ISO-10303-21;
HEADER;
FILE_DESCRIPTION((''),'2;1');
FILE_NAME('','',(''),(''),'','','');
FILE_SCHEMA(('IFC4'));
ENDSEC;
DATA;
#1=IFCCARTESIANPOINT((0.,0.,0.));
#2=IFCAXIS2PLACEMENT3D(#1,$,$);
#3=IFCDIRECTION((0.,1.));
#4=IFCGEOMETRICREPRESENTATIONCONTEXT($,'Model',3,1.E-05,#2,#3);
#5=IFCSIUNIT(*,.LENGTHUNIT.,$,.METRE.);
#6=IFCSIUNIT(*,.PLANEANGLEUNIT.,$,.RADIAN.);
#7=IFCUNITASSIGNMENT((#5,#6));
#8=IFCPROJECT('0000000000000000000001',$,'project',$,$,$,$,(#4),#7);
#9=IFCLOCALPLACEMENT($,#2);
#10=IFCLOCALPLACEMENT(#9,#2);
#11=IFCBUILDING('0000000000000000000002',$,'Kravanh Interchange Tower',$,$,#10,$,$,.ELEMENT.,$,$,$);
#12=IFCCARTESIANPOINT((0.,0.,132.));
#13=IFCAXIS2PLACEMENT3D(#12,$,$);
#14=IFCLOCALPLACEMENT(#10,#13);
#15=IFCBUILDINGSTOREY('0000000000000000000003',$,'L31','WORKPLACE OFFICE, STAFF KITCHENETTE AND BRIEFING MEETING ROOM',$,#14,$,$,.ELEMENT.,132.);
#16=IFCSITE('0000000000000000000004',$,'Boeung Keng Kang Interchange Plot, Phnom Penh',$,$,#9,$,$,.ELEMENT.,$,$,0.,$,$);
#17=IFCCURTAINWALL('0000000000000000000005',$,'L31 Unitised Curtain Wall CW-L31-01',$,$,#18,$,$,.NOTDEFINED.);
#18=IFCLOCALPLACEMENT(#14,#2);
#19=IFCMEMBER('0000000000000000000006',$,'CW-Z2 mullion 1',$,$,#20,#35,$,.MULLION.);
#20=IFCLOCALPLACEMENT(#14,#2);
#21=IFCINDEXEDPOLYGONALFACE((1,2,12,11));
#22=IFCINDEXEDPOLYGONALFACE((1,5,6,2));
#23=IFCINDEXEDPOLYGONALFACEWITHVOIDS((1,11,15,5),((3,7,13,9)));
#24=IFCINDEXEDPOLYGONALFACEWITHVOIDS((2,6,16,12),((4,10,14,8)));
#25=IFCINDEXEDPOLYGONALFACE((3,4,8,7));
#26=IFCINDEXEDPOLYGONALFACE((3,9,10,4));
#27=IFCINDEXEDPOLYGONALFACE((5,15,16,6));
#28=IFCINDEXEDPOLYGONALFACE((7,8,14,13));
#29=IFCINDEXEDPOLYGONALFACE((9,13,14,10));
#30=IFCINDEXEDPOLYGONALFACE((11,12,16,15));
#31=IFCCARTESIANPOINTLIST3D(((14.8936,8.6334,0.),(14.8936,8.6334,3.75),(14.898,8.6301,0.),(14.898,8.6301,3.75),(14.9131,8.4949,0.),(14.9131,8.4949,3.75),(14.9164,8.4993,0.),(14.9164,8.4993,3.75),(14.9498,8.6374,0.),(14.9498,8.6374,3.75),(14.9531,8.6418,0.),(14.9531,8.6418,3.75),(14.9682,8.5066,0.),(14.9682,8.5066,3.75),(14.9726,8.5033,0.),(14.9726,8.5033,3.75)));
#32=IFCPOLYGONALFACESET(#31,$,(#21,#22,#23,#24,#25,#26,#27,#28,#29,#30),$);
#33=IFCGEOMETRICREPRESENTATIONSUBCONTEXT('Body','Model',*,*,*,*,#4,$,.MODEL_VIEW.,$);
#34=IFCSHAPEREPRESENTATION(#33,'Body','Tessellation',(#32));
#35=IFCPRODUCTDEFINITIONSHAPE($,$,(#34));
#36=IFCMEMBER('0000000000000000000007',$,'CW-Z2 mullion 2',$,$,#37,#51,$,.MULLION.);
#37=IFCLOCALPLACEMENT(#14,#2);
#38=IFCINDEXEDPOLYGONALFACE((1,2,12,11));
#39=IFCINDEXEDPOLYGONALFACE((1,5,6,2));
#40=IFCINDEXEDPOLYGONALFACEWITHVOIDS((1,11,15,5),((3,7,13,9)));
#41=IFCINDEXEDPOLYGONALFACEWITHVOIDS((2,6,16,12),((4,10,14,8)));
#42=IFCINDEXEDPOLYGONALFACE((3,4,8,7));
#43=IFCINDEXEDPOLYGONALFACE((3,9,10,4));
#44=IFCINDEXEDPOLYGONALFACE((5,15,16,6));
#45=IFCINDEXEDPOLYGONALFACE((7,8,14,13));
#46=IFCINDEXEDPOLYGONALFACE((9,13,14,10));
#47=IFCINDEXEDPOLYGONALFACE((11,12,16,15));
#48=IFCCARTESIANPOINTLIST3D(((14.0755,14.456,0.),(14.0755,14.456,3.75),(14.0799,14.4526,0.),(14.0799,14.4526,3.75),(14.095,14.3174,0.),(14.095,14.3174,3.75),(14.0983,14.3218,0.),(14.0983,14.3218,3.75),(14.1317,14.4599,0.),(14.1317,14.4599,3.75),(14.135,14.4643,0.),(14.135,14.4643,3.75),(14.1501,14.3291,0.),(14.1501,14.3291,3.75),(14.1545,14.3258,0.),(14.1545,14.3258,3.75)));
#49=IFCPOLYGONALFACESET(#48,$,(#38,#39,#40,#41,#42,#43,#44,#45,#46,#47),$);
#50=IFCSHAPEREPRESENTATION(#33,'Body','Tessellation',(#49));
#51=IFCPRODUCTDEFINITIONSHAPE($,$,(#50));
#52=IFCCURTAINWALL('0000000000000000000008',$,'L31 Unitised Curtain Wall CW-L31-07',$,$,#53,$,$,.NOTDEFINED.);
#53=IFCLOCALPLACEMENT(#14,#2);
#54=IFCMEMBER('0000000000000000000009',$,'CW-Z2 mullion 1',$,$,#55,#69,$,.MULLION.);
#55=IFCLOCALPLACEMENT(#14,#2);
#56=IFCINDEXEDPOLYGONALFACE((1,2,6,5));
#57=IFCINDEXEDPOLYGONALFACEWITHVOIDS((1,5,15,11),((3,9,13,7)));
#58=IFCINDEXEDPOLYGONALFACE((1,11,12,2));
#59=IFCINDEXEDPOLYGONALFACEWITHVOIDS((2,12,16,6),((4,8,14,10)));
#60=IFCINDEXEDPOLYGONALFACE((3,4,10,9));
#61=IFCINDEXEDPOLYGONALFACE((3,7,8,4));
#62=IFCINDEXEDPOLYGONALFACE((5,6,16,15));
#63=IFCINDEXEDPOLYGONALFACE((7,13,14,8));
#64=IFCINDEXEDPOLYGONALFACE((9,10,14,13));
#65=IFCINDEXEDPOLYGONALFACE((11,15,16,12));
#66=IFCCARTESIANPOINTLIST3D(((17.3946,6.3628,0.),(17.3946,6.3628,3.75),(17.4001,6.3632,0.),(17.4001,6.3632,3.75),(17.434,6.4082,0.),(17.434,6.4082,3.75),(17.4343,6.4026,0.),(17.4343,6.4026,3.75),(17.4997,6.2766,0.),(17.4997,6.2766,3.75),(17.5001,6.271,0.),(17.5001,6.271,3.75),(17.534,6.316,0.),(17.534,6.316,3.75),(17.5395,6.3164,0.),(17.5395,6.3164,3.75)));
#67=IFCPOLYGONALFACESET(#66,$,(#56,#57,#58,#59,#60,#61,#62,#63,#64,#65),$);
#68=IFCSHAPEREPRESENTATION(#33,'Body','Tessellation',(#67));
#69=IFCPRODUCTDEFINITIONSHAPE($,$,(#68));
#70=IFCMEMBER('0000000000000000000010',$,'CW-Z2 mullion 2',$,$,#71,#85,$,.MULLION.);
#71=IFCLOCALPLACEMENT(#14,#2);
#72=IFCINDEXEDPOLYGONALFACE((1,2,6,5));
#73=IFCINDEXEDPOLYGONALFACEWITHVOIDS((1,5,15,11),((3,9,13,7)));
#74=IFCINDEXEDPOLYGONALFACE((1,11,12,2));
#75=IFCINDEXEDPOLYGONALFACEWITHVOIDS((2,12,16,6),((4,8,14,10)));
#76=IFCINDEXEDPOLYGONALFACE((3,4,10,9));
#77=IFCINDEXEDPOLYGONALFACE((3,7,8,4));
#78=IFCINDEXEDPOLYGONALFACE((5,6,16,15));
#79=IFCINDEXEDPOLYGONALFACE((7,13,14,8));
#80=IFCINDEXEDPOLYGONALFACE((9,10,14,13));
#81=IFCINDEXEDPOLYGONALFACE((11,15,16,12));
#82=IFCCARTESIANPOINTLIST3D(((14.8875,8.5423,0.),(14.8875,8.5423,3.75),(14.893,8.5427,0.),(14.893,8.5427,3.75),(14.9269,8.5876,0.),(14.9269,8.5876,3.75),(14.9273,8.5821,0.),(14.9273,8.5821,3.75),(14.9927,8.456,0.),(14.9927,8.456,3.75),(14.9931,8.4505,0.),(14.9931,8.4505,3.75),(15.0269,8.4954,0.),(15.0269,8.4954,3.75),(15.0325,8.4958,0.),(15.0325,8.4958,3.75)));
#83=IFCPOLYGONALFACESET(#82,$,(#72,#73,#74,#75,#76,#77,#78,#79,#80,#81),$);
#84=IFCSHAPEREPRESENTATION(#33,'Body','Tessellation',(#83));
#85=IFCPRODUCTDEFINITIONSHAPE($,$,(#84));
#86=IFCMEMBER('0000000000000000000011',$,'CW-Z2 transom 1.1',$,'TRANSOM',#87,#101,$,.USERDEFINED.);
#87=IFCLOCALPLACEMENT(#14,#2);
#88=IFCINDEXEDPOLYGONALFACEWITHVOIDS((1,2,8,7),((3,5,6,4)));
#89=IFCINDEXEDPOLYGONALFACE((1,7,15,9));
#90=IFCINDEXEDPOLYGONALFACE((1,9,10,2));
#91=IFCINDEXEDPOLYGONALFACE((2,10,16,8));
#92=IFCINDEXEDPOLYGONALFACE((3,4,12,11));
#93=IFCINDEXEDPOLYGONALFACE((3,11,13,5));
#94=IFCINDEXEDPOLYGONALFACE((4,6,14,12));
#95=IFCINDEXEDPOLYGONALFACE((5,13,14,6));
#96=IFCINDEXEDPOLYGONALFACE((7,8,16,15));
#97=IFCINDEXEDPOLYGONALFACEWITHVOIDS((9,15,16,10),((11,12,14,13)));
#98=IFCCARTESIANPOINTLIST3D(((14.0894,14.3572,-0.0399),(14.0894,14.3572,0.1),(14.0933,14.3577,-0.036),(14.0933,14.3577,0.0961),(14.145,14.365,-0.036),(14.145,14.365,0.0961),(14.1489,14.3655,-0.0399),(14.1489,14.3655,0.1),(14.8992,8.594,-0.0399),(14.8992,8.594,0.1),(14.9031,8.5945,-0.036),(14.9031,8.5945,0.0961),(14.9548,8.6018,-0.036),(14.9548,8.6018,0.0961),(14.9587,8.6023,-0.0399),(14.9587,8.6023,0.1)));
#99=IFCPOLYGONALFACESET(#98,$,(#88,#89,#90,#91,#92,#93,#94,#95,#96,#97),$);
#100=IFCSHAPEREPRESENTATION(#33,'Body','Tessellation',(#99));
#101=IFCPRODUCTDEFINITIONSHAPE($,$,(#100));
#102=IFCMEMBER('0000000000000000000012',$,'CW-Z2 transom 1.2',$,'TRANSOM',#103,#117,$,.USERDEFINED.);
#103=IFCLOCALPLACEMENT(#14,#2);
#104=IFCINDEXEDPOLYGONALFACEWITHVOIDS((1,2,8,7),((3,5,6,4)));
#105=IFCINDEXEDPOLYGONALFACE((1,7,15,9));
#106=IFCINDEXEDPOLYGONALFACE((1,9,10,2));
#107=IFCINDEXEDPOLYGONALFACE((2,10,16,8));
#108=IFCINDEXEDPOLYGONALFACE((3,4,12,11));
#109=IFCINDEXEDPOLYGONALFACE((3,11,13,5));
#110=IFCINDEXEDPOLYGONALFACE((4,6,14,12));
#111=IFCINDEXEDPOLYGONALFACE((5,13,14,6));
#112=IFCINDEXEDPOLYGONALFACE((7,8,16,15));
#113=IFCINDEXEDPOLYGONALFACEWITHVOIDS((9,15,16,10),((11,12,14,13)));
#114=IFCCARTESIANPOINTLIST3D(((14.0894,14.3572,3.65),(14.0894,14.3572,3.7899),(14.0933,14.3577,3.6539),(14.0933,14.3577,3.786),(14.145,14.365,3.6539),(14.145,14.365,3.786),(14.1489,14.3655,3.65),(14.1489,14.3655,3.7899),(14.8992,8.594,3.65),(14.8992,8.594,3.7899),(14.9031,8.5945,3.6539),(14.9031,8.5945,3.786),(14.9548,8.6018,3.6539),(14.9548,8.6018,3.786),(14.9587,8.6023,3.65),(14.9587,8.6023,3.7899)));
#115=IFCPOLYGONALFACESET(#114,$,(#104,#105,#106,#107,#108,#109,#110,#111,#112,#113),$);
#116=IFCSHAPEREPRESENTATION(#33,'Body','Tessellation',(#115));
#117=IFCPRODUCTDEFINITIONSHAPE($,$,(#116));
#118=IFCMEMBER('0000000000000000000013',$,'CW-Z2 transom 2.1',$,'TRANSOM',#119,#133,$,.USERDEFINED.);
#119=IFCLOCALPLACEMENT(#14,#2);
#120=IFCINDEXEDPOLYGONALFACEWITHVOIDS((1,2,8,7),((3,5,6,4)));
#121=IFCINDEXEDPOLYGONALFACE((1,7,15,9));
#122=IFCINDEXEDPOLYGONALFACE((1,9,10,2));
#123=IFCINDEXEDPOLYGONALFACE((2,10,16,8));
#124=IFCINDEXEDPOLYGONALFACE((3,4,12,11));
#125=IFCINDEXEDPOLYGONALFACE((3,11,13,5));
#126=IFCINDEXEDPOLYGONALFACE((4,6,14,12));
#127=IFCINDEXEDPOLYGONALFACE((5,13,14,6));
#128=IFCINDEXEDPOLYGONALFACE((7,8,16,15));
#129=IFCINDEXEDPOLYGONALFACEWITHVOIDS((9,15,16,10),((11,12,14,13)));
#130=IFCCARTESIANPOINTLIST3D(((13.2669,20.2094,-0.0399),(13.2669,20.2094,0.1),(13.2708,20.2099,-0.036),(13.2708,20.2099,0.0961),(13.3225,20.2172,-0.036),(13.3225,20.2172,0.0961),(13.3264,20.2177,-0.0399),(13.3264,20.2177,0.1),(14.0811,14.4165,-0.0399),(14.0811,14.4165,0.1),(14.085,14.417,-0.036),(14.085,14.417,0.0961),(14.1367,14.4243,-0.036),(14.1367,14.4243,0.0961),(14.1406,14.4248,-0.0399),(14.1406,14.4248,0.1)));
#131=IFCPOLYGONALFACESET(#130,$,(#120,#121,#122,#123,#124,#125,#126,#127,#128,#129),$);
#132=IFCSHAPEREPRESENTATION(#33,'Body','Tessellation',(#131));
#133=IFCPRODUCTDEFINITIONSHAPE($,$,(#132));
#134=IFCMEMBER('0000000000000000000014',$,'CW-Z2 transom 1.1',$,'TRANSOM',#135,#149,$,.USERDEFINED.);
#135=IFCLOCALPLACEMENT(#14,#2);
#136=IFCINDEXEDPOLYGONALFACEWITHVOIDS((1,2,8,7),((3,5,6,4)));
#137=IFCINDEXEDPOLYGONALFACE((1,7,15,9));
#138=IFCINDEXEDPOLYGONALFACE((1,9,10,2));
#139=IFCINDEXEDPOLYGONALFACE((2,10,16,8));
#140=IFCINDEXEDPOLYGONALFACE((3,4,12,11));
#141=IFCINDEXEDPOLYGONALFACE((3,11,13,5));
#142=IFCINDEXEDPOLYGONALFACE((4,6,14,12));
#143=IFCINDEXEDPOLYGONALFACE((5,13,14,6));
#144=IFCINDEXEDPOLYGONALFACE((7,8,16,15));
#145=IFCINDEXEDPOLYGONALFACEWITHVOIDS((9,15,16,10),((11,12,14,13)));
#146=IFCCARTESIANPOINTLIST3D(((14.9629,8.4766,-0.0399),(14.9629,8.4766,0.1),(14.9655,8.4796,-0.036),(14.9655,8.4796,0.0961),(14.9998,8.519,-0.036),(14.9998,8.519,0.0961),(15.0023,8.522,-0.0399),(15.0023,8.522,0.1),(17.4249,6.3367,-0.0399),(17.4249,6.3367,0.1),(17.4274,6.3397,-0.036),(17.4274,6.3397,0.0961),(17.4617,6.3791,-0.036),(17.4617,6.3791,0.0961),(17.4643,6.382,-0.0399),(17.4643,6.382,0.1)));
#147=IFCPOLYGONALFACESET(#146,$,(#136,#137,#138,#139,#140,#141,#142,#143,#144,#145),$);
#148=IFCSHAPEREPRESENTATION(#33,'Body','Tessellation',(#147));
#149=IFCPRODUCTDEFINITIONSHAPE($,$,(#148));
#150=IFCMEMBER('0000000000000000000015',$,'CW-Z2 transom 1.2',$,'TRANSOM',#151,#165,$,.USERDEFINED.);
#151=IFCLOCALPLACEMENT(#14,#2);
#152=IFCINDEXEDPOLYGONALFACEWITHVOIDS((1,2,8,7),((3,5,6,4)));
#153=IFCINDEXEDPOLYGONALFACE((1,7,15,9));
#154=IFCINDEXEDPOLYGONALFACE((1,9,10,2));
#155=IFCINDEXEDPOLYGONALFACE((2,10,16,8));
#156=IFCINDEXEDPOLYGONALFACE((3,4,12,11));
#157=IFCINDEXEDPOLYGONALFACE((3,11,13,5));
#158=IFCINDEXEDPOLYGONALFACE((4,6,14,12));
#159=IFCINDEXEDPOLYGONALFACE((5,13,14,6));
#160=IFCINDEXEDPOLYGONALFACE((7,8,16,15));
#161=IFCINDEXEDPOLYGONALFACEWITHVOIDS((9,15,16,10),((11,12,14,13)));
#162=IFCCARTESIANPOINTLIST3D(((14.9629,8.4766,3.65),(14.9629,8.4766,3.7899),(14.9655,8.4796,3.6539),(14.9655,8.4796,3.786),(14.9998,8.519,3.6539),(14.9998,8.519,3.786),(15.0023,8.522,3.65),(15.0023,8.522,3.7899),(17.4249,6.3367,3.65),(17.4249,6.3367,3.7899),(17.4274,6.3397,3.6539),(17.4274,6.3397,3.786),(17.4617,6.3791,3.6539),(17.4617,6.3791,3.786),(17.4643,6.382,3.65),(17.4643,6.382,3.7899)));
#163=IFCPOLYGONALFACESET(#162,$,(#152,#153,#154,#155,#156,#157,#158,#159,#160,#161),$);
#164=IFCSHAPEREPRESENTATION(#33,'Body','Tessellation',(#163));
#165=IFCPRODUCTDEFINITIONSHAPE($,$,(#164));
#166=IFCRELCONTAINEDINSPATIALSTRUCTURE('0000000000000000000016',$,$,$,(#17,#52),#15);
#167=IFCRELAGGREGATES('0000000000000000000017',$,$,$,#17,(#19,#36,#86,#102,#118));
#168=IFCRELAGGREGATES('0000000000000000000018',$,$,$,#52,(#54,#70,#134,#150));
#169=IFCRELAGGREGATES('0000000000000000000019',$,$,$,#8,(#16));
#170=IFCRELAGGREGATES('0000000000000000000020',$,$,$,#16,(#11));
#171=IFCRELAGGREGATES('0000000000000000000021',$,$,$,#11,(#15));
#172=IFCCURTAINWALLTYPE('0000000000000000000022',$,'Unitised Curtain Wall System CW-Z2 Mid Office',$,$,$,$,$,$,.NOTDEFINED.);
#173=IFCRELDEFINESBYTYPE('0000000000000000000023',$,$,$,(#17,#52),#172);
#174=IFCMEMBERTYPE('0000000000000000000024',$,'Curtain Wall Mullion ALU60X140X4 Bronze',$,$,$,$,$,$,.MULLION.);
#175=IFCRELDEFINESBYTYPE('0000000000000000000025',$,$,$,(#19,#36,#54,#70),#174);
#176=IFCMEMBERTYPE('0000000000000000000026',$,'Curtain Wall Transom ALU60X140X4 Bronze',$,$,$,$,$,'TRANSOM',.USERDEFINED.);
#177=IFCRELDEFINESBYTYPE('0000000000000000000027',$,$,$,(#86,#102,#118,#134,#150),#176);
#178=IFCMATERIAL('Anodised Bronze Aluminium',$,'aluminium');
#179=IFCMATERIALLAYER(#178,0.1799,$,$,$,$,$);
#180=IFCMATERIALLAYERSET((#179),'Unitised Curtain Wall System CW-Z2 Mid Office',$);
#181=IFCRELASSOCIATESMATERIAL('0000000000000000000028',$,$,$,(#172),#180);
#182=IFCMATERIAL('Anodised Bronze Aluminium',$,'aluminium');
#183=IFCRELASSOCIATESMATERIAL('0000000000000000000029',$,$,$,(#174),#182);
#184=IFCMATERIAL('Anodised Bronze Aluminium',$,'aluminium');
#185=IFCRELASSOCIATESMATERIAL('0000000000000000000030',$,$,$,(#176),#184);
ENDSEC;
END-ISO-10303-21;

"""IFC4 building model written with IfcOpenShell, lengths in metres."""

from ifc_helpers import new_model, si_unit, direction, frame, origin, origin_2d, place, context, subcontext, project, spatial, hollow_rectangle, extrude, material, layer, layer_set, material_profile, profile_set, type_object, element, aggregate, save


model = new_model("IFC4")

# Units and contexts
model_context = context("Model", 3, precision=1e-05, world=origin(), true_north=direction((0.0, 1.0)))
body_context = subcontext(model_context, "Body", "Model", "MODEL_VIEW")
ifc_project = project(units=[si_unit("LENGTHUNIT", "METRE"), si_unit("PLANEANGLEUNIT", "RADIAN")], contexts=[model_context])

# Site, building, storey
site_placement = place(None, origin())
site = spatial("IfcSite", under=ifc_project, at=site_placement, Name="Boeung Keng Kang Interchange Plot, Phnom Penh", CompositionType="ELEMENT", RefElevation=0.0)
building_placement = place(site_placement, origin())
building = spatial("IfcBuilding", under=site, at=building_placement, Name="Kravanh Interchange Tower", CompositionType="ELEMENT")
storey_placement = place(building_placement, frame((0.0, 0.0, 132.0)))
storey = spatial("IfcBuildingStorey", under=building, at=storey_placement, Name="L31", Description="WORKPLACE OFFICE, STAFF KITCHENETTE AND BRIEFING MEETING ROOM", CompositionType="ELEMENT", Elevation=132.0)

# Curtain walls, members
ifc_material_1 = material(Name="Anodised Bronze Aluminium", Category="aluminium")
ifc_layer_1 = layer(ifc_material_1, 0.1799)
ifc_layer_set_1 = layer_set([ifc_layer_1], Name="Unitised Curtain Wall System CW-Z2 Mid Office")
curtain_wall_type = type_object("IfcCurtainWallType", Name="Unitised Curtain Wall System CW-Z2 Mid Office", PredefinedType="NOTDEFINED", material=ifc_layer_set_1)
curtain_wall_1_placement = place(storey_placement, origin())
curtain_wall_1 = element("IfcCurtainWall", 1, at=curtain_wall_1_placement, inside=storey, type_object=curtain_wall_type, Name="L31 Unitised Curtain Wall CW-L31-01", PredefinedType="NOTDEFINED")
ifc_material_2 = material(Name="Anodised Bronze Aluminium", Category="aluminium")
ifc_material_profile_1 = material_profile(ifc_material_2, hollow_rectangle(XDim=0.0601, YDim=0.1399, WallThickness=0.0039, at=origin_2d()), Name="ALU60X140X4")
ifc_profile_set_1 = profile_set([ifc_material_profile_1], Name="Anodised Bronze Aluminium")
member_type_1 = type_object("IfcMemberType", Name="Curtain Wall Mullion ALU60X140X4 Bronze", PredefinedType="MULLION", material=ifc_profile_set_1)
member_1_placement = place(storey_placement, frame((14.9331, 8.5684, 0.0), z_axis=(0.0, 0.0, 1.0), x_axis=(-0.990268, -0.139173, 0.0)))
member_1 = element("IfcMember", 2, at=member_1_placement, type_object=member_type_1, Name="CW-Z2 mullion 1", PredefinedType="MULLION", context=body_context, shape_type="SweptSolid", body=[
    extrude(hollow_rectangle(XDim=0.0601, YDim=0.1399, WallThickness=0.0039, at=origin_2d()), origin(), (0.0, 0.0, 1.0), 3.75),
])
member_2_placement = place(storey_placement, frame((14.115, 14.3909, 0.0), z_axis=(0.0, 0.0, 1.0), x_axis=(-0.990268, -0.139173, 0.0)))
member_2 = element("IfcMember", 3, at=member_2_placement, type_object=member_type_1, Name="CW-Z2 mullion 2", PredefinedType="MULLION", context=body_context, shape_type="SweptSolid", body=[
    extrude(hollow_rectangle(XDim=0.0601, YDim=0.1399, WallThickness=0.0039, at=origin_2d()), origin(), (0.0, 0.0, 1.0), 3.75),
])
curtain_wall_2_placement = place(storey_placement, origin())
curtain_wall_2 = element("IfcCurtainWall", 4, at=curtain_wall_2_placement, inside=storey, type_object=curtain_wall_type, Name="L31 Unitised Curtain Wall CW-L31-07", PredefinedType="NOTDEFINED")
member_3_placement = place(storey_placement, frame((17.467, 6.3396, 0.0), z_axis=(0.0, 0.0, 1.0), x_axis=(-0.656048, -0.754719, 0.0)))
member_3 = element("IfcMember", 5, at=member_3_placement, type_object=member_type_1, Name="CW-Z2 mullion 1", PredefinedType="MULLION", context=body_context, shape_type="SweptSolid", body=[
    extrude(hollow_rectangle(XDim=0.0601, YDim=0.1399, WallThickness=0.0039, at=origin_2d()), origin(), (0.0, 0.0, 1.0), 3.75),
])
member_4_placement = place(storey_placement, frame((14.96, 8.519, 0.0), z_axis=(0.0, 0.0, 1.0), x_axis=(-0.656048, -0.754719, 0.0)))
member_4 = element("IfcMember", 6, at=member_4_placement, type_object=member_type_1, Name="CW-Z2 mullion 2", PredefinedType="MULLION", context=body_context, shape_type="SweptSolid", body=[
    extrude(hollow_rectangle(XDim=0.0601, YDim=0.1399, WallThickness=0.0039, at=origin_2d()), origin(), (0.0, 0.0, 1.0), 3.75),
])

# Members
ifc_material_3 = material(Name="Anodised Bronze Aluminium", Category="aluminium")
ifc_material_profile_2 = material_profile(ifc_material_3, hollow_rectangle(XDim=0.0601, YDim=0.1399, WallThickness=0.0039, at=origin_2d()), Name="ALU60X140X4")
ifc_profile_set_2 = profile_set([ifc_material_profile_2], Name="Anodised Bronze Aluminium")
member_type_2 = type_object("IfcMemberType", Name="Curtain Wall Transom ALU60X140X4 Bronze", ElementType="TRANSOM", PredefinedType="USERDEFINED", material=ifc_profile_set_2)
member_5_placement = place(storey_placement, frame((14.929, 8.5981, 0.03), z_axis=(-0.139148, 0.990272, 0.0), x_axis=(-0.990272, -0.139148, 0.0)))
member_5 = element("IfcMember", 7, at=member_5_placement, type_object=member_type_2, Name="CW-Z2 transom 1.1", ObjectType="TRANSOM", PredefinedType="USERDEFINED", context=body_context, shape_type="SweptSolid", body=[
    extrude(hollow_rectangle(XDim=0.0601, YDim=0.1399, WallThickness=0.0039, at=origin_2d()), origin(), (0.0, 0.0, 1.0), 5.8198),
])
member_6_placement = place(storey_placement, frame((14.929, 8.5981, 3.72), z_axis=(-0.139148, 0.990272, 0.0), x_axis=(-0.990272, -0.139148, 0.0)))
member_6 = element("IfcMember", 8, at=member_6_placement, type_object=member_type_2, Name="CW-Z2 transom 1.2", ObjectType="TRANSOM", PredefinedType="USERDEFINED", context=body_context, shape_type="SweptSolid", body=[
    extrude(hollow_rectangle(XDim=0.0601, YDim=0.1399, WallThickness=0.0039, at=origin_2d()), origin(), (0.0, 0.0, 1.0), 5.8198),
])
member_7_placement = place(storey_placement, frame((14.1108, 14.4207, 0.03), z_axis=(-0.139183, 0.990267, 0.0), x_axis=(-0.990267, -0.139183, 0.0)))
member_7 = element("IfcMember", 9, at=member_7_placement, type_object=member_type_2, Name="CW-Z2 transom 2.1", ObjectType="TRANSOM", PredefinedType="USERDEFINED", context=body_context, shape_type="SweptSolid", body=[
    extrude(hollow_rectangle(XDim=0.0601, YDim=0.1399, WallThickness=0.0039, at=origin_2d()), origin(), (0.0, 0.0, 1.0), 5.8499),
])
member_8_placement = place(storey_placement, frame((17.4446, 6.3594, 0.03), z_axis=(-0.754742, 0.656021, 0.0), x_axis=(-0.656021, -0.754742, 0.0)))
member_8 = element("IfcMember", 10, at=member_8_placement, type_object=member_type_2, Name="CW-Z2 transom 1.1", ObjectType="TRANSOM", PredefinedType="USERDEFINED", context=body_context, shape_type="SweptSolid", body=[
    extrude(hollow_rectangle(XDim=0.0601, YDim=0.1399, WallThickness=0.0039, at=origin_2d()), origin(), (0.0, 0.0, 1.0), 3.262),
])
member_9_placement = place(storey_placement, frame((17.4446, 6.3594, 3.72), z_axis=(-0.754742, 0.656021, 0.0), x_axis=(-0.656021, -0.754742, 0.0)))
member_9 = element("IfcMember", 11, at=member_9_placement, type_object=member_type_2, Name="CW-Z2 transom 1.2", ObjectType="TRANSOM", PredefinedType="USERDEFINED", context=body_context, shape_type="SweptSolid", body=[
    extrude(hollow_rectangle(XDim=0.0601, YDim=0.1399, WallThickness=0.0039, at=origin_2d()), origin(), (0.0, 0.0, 1.0), 3.262),
])

aggregate(curtain_wall_1, [member_1, member_2, member_5, member_6, member_7])
aggregate(curtain_wall_2, [member_3, member_4, member_8, member_9])

save(model, "model.ifc")
